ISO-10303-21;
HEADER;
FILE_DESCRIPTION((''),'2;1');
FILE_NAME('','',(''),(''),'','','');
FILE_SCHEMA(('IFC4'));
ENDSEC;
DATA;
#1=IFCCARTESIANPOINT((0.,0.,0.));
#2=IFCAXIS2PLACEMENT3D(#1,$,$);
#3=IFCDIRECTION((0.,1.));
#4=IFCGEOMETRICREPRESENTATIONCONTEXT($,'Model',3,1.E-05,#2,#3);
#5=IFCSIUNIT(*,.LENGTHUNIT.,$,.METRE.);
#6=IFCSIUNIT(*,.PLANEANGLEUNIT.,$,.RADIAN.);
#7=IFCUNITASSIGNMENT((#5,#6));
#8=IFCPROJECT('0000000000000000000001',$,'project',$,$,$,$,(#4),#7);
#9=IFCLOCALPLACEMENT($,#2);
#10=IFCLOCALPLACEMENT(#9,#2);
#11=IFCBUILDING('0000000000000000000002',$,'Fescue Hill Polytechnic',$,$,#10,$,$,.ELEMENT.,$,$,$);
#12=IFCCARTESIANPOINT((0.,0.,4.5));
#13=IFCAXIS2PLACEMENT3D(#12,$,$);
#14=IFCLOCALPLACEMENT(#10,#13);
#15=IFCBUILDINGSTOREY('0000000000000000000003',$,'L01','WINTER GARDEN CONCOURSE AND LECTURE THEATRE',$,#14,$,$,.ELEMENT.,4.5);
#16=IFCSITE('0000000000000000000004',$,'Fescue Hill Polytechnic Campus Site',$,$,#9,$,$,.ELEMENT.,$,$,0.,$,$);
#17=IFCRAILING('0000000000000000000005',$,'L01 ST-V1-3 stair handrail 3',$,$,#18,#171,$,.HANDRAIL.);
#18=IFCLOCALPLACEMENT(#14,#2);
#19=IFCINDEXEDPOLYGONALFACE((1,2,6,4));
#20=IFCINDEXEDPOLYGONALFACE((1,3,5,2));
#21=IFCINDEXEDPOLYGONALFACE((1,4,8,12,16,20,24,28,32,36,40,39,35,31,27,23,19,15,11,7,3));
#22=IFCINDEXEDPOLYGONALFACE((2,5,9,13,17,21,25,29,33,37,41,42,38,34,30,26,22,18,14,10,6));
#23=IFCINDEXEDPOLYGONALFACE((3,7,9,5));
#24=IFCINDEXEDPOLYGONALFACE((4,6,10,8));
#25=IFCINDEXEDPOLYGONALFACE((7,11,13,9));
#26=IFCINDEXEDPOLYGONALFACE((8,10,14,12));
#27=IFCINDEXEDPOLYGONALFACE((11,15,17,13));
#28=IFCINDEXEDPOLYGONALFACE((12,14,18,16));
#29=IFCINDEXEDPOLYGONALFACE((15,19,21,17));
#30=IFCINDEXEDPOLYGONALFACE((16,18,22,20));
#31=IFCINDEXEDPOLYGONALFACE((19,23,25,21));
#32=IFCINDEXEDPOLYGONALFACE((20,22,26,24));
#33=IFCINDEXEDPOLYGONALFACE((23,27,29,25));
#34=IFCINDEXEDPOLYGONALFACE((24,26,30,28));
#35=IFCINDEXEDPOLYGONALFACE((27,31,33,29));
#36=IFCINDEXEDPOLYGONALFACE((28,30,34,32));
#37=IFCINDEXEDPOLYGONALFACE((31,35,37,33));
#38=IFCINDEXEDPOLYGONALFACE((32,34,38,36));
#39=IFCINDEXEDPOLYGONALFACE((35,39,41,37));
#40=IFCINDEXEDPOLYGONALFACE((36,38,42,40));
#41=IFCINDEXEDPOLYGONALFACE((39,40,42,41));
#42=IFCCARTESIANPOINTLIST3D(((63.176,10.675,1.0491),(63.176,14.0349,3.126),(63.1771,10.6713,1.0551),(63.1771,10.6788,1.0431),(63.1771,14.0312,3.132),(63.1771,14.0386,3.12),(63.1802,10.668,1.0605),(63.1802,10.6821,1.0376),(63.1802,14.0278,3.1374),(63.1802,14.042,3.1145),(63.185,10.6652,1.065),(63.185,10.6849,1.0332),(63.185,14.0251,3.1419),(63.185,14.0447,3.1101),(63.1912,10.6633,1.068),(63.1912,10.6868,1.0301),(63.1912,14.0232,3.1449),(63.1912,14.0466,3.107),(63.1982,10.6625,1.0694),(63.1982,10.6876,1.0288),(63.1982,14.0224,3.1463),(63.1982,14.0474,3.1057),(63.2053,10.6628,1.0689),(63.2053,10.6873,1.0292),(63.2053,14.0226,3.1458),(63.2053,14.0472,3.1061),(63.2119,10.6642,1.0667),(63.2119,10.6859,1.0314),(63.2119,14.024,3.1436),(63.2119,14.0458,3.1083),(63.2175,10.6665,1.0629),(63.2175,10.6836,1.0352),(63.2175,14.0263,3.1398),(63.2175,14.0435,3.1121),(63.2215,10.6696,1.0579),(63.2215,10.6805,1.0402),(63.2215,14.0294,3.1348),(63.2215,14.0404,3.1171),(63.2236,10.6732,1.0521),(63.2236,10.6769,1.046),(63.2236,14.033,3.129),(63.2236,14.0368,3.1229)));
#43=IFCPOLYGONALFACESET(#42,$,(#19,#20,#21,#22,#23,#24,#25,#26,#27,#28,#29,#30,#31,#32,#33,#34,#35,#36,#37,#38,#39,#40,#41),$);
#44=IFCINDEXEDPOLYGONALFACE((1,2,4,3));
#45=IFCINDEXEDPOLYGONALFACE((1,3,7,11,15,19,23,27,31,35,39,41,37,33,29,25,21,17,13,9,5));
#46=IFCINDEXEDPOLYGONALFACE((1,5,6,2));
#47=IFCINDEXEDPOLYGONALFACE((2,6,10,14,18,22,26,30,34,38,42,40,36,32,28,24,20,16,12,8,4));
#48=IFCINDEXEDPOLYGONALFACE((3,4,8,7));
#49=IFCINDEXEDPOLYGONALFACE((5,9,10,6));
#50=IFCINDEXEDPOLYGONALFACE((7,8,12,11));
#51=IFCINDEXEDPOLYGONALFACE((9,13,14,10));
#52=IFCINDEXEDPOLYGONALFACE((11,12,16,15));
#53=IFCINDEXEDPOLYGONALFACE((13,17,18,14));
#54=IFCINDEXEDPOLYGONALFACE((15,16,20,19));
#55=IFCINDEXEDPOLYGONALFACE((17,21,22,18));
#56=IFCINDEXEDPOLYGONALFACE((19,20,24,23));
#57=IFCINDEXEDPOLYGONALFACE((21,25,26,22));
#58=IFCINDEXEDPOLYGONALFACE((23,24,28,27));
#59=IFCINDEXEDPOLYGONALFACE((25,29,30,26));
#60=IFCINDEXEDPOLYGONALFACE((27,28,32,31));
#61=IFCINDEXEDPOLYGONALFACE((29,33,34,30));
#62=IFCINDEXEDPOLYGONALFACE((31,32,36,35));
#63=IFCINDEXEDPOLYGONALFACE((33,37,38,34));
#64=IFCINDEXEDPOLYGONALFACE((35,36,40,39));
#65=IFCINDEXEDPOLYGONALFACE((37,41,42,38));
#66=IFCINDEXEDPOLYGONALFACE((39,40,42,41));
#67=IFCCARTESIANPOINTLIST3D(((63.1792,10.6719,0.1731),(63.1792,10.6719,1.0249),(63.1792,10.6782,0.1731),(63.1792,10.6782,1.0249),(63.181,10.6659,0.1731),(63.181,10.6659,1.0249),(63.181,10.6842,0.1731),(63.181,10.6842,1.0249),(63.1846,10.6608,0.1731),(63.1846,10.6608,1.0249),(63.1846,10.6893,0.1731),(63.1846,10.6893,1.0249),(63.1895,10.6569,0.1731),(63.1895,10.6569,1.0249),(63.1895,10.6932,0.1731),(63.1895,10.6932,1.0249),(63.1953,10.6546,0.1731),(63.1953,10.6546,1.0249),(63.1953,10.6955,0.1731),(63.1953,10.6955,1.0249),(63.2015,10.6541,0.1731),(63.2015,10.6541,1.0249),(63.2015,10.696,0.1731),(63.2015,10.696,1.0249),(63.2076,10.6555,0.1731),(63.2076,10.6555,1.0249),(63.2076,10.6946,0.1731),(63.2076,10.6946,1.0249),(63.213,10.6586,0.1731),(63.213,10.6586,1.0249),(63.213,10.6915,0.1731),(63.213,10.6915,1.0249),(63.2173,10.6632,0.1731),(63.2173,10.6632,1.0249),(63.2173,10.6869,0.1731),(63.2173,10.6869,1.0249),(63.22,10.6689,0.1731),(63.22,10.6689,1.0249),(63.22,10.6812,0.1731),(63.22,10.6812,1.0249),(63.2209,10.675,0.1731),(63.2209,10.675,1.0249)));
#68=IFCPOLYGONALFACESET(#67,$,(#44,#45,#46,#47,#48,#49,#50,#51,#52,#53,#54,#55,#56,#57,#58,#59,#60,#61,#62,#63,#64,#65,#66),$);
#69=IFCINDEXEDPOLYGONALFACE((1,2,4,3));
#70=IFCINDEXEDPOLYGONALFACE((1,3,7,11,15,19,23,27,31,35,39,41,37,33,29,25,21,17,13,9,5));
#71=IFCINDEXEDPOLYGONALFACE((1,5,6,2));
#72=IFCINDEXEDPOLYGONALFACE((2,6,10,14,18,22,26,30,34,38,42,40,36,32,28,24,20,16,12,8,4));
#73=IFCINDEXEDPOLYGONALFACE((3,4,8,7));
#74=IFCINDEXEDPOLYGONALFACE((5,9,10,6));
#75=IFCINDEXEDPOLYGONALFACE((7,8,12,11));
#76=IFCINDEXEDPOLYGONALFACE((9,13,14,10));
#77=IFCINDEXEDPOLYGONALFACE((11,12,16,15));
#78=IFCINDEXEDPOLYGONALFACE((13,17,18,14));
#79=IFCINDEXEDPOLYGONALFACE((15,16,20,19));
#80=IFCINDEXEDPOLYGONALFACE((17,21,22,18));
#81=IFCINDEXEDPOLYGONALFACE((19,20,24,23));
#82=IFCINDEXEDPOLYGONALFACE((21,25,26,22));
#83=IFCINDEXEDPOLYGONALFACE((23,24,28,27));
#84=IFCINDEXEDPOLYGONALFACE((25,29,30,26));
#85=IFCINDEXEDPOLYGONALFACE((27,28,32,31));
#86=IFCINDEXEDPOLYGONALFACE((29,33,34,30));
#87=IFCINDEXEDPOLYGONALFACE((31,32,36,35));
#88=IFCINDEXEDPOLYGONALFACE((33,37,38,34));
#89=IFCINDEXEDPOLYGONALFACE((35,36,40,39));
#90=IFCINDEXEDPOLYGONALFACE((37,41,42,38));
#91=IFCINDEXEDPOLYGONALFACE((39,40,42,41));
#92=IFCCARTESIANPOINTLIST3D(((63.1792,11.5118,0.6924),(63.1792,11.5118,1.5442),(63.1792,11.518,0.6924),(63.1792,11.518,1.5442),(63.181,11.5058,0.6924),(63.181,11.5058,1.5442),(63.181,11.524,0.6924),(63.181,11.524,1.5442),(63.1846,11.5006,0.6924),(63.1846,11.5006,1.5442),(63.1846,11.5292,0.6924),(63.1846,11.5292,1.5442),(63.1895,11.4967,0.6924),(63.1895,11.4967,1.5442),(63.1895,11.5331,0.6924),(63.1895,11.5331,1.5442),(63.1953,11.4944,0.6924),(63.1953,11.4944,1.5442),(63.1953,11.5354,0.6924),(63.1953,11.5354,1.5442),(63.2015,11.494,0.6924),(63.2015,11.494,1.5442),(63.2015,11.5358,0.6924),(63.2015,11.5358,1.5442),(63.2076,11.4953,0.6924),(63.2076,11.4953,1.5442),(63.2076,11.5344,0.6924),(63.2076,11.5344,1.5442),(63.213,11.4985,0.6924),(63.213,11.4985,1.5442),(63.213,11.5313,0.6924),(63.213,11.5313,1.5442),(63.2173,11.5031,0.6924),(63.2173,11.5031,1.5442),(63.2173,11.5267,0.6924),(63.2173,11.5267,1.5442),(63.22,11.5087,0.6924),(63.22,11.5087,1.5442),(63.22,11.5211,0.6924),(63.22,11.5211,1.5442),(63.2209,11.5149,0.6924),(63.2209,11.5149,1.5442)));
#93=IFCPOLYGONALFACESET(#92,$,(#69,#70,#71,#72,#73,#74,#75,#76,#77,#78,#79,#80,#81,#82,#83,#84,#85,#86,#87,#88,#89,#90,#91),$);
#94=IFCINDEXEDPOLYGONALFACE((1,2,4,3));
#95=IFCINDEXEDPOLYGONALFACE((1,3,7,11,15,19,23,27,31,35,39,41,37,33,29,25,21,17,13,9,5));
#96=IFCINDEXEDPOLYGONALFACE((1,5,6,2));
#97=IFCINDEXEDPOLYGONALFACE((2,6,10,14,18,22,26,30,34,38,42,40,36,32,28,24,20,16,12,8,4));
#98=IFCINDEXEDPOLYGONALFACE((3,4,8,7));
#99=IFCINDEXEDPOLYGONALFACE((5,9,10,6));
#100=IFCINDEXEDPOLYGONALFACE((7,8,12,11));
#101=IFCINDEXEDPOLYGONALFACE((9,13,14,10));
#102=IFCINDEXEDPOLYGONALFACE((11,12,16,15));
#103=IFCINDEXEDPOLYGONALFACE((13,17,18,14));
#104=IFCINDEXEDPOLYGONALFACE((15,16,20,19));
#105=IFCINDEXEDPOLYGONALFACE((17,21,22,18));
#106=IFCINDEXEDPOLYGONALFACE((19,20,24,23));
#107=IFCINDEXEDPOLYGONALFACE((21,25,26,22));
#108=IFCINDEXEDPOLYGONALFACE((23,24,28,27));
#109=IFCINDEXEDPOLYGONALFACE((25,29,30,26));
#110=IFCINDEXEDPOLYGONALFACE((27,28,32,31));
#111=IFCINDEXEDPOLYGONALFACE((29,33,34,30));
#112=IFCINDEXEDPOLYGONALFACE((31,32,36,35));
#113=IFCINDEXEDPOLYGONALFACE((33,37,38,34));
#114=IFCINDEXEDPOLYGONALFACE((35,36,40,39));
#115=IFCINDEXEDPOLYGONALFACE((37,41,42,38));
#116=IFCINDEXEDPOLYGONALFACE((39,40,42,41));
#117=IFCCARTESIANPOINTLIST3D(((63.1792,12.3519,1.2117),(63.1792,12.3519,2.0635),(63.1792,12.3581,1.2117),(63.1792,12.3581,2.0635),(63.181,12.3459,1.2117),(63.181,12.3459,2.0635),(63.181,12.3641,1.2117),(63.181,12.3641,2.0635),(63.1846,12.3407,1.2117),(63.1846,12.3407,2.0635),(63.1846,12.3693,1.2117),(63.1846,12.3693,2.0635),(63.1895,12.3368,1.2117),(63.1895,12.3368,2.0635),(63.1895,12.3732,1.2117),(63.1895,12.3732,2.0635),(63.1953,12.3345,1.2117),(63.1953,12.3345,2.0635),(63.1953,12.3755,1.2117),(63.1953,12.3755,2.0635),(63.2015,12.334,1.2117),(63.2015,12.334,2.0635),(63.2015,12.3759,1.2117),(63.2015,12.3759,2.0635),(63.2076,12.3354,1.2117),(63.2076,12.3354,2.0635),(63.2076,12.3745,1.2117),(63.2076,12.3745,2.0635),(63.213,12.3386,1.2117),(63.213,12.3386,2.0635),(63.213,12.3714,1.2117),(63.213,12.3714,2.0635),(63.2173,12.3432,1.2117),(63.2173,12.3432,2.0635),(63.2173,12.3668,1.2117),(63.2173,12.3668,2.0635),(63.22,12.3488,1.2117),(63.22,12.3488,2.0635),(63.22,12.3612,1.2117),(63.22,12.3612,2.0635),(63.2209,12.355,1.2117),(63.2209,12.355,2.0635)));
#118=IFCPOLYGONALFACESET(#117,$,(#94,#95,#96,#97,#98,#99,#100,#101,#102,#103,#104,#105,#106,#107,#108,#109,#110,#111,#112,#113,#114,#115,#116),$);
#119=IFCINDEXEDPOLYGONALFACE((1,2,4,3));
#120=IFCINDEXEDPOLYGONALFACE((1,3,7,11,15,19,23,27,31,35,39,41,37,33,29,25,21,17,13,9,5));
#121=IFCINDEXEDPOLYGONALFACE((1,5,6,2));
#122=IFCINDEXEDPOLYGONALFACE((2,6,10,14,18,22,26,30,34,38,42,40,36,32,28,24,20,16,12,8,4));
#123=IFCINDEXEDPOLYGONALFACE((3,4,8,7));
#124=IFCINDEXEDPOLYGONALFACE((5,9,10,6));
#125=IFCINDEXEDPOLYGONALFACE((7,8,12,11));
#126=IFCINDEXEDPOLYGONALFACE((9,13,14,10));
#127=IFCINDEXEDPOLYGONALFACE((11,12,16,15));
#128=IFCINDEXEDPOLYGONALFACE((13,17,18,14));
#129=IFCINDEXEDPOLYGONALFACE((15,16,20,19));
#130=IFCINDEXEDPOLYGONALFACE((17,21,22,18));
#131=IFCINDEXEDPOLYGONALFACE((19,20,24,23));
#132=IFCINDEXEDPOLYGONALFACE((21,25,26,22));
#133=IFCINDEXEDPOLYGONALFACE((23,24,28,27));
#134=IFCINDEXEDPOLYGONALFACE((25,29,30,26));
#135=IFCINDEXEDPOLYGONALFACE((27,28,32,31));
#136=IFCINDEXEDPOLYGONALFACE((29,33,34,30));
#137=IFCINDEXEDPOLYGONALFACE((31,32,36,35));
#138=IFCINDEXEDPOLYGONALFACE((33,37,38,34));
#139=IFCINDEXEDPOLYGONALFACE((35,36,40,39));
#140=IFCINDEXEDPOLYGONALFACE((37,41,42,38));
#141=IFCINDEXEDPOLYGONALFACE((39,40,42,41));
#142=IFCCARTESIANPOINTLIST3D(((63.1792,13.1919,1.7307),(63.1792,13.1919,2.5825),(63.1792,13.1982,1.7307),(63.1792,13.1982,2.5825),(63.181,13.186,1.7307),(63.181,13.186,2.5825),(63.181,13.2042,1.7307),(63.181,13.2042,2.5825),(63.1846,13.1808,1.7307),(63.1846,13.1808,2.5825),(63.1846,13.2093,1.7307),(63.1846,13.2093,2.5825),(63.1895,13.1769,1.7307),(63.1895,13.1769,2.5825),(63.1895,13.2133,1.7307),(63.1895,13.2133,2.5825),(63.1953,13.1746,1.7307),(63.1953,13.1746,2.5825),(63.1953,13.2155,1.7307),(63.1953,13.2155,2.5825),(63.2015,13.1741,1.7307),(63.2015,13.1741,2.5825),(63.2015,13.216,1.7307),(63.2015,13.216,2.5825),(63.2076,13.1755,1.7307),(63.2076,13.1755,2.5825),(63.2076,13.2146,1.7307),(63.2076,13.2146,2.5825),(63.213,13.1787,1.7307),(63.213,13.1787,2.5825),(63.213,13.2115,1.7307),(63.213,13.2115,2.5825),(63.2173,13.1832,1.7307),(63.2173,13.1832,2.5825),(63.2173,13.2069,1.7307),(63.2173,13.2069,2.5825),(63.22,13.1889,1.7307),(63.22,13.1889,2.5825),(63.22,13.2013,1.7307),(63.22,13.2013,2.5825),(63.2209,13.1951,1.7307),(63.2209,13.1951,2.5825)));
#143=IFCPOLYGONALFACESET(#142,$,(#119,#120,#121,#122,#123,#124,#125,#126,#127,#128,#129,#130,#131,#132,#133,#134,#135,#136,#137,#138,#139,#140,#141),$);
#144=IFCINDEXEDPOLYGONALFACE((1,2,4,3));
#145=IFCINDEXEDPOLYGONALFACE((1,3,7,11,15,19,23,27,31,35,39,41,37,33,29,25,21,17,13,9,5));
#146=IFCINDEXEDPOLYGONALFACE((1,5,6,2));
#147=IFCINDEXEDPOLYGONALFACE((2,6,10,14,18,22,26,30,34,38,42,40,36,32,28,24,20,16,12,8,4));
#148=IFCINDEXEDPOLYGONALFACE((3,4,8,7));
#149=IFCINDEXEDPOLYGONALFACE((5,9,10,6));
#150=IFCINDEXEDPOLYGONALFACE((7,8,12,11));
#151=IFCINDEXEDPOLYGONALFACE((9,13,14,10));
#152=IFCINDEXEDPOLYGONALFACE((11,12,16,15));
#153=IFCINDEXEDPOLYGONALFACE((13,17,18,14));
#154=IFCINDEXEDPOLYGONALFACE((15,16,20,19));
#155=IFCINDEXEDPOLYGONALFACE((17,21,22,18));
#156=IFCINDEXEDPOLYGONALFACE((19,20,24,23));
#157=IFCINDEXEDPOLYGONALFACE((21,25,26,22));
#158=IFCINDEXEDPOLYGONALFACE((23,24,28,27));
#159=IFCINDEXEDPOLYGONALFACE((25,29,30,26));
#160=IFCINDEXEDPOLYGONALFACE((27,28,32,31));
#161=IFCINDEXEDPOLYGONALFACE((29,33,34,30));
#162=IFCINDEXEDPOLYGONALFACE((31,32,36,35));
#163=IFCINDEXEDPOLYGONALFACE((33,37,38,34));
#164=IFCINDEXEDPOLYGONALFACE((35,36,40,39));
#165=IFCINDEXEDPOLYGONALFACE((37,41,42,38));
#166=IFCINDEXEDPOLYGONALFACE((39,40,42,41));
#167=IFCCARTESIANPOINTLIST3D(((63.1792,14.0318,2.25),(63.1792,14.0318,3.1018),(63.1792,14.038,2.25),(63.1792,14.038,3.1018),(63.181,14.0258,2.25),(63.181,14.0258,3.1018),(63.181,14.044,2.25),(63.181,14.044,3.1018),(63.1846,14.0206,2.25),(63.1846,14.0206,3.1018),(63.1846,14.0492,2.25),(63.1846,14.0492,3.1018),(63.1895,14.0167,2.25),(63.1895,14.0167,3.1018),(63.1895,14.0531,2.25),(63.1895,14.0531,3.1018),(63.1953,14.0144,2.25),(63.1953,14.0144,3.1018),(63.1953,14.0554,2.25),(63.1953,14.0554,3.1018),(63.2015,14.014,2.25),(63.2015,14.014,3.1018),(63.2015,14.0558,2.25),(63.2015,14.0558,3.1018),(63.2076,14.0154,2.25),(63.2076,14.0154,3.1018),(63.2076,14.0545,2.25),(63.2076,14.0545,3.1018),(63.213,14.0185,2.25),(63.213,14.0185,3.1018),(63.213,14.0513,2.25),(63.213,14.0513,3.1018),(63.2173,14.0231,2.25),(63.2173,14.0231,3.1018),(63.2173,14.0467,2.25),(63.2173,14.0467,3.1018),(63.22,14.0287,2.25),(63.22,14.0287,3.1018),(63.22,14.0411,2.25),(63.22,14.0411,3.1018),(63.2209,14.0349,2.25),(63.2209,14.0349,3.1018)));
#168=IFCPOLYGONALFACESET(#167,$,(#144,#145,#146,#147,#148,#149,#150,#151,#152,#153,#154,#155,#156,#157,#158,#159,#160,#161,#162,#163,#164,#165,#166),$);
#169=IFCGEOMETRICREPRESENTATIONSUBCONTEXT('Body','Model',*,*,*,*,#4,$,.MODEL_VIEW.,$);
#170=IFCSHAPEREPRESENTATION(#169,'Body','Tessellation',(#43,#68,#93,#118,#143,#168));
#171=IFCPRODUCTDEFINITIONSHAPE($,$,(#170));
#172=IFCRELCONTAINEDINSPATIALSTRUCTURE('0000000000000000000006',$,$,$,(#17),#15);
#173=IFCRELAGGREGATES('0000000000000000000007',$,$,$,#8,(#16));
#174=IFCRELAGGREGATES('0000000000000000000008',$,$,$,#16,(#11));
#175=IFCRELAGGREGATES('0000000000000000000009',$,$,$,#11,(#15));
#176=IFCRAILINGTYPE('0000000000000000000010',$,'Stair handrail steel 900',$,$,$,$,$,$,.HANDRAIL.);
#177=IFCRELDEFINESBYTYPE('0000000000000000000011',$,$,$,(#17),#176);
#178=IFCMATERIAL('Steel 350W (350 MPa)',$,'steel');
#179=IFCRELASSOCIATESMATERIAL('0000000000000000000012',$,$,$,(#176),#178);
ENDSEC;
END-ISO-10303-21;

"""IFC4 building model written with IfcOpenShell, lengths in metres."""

from ifc_helpers import new_model, si_unit, direction, frame, origin, origin_2d, place, context, subcontext, project, spatial, circle, extrude, material, type_object, element, save


model = new_model("IFC4")

# Units and contexts
model_context = context("Model", 3, precision=1e-05, world=origin(), true_north=direction((0.0, 1.0)))
body_context = subcontext(model_context, "Body", "Model", "MODEL_VIEW")
ifc_project = project(units=[si_unit("LENGTHUNIT", "METRE"), si_unit("PLANEANGLEUNIT", "RADIAN")], contexts=[model_context])

# Site, building, storey
site_placement = place(None, origin())
site = spatial("IfcSite", under=ifc_project, at=site_placement, Name="Fescue Hill Polytechnic Campus Site", CompositionType="ELEMENT", RefElevation=0.0)
building_placement = place(site_placement, origin())
building = spatial("IfcBuilding", under=site, at=building_placement, Name="Fescue Hill Polytechnic", CompositionType="ELEMENT")
storey_placement = place(building_placement, frame((0.0, 0.0, 4.5)))
storey = spatial("IfcBuildingStorey", under=building, at=storey_placement, Name="L01", Description="WINTER GARDEN CONCOURSE AND LECTURE THEATRE", CompositionType="ELEMENT", Elevation=4.5)

# Railing
ifc_material_1 = material(Name="Steel 350W (350 MPa)", Category="steel")
railing_type_1 = type_object("IfcRailingType", Name="Stair handrail steel 900", PredefinedType="HANDRAIL", material=ifc_material_1)
for number, where, name in (
    (1, (63.2, 10.675, 0.1731), "L01 ST-V1-3 stair handrail 3"),
):
    element("IfcRailing", number, at=place(storey_placement, frame(where)), inside=storey, type_object=railing_type_1, Name=name, PredefinedType="HANDRAIL", context=body_context, shape_type="SweptSolid", body=[
        extrude(circle(Radius=0.0239, at=origin_2d()), frame((0.0, 0.0, 0.876), z_axis=(0.0, 0.850606, 0.525803), x_axis=(-1.0, 0.0, 0.0)), (0.0, 0.0, 1.0), 3.95),
        extrude(circle(Radius=0.021, at=origin_2d()), origin(), (0.0, 0.0, 1.0), 0.8518),
        extrude(circle(Radius=0.021, at=origin_2d()), frame((0.0, 0.8398, 0.5193)), (0.0, 0.0, 1.0), 0.8518),
        extrude(circle(Radius=0.021, at=origin_2d()), frame((0.0, 1.6799, 1.0386)), (0.0, 0.0, 1.0), 0.8518),
        extrude(circle(Radius=0.021, at=origin_2d()), frame((0.0, 2.52, 1.5576)), (0.0, 0.0, 1.0), 0.8518),
        extrude(circle(Radius=0.021, at=origin_2d()), frame((0.0, 3.3599, 2.0769)), (0.0, 0.0, 1.0), 0.8518),
    ])

save(model, "model.ifc")
